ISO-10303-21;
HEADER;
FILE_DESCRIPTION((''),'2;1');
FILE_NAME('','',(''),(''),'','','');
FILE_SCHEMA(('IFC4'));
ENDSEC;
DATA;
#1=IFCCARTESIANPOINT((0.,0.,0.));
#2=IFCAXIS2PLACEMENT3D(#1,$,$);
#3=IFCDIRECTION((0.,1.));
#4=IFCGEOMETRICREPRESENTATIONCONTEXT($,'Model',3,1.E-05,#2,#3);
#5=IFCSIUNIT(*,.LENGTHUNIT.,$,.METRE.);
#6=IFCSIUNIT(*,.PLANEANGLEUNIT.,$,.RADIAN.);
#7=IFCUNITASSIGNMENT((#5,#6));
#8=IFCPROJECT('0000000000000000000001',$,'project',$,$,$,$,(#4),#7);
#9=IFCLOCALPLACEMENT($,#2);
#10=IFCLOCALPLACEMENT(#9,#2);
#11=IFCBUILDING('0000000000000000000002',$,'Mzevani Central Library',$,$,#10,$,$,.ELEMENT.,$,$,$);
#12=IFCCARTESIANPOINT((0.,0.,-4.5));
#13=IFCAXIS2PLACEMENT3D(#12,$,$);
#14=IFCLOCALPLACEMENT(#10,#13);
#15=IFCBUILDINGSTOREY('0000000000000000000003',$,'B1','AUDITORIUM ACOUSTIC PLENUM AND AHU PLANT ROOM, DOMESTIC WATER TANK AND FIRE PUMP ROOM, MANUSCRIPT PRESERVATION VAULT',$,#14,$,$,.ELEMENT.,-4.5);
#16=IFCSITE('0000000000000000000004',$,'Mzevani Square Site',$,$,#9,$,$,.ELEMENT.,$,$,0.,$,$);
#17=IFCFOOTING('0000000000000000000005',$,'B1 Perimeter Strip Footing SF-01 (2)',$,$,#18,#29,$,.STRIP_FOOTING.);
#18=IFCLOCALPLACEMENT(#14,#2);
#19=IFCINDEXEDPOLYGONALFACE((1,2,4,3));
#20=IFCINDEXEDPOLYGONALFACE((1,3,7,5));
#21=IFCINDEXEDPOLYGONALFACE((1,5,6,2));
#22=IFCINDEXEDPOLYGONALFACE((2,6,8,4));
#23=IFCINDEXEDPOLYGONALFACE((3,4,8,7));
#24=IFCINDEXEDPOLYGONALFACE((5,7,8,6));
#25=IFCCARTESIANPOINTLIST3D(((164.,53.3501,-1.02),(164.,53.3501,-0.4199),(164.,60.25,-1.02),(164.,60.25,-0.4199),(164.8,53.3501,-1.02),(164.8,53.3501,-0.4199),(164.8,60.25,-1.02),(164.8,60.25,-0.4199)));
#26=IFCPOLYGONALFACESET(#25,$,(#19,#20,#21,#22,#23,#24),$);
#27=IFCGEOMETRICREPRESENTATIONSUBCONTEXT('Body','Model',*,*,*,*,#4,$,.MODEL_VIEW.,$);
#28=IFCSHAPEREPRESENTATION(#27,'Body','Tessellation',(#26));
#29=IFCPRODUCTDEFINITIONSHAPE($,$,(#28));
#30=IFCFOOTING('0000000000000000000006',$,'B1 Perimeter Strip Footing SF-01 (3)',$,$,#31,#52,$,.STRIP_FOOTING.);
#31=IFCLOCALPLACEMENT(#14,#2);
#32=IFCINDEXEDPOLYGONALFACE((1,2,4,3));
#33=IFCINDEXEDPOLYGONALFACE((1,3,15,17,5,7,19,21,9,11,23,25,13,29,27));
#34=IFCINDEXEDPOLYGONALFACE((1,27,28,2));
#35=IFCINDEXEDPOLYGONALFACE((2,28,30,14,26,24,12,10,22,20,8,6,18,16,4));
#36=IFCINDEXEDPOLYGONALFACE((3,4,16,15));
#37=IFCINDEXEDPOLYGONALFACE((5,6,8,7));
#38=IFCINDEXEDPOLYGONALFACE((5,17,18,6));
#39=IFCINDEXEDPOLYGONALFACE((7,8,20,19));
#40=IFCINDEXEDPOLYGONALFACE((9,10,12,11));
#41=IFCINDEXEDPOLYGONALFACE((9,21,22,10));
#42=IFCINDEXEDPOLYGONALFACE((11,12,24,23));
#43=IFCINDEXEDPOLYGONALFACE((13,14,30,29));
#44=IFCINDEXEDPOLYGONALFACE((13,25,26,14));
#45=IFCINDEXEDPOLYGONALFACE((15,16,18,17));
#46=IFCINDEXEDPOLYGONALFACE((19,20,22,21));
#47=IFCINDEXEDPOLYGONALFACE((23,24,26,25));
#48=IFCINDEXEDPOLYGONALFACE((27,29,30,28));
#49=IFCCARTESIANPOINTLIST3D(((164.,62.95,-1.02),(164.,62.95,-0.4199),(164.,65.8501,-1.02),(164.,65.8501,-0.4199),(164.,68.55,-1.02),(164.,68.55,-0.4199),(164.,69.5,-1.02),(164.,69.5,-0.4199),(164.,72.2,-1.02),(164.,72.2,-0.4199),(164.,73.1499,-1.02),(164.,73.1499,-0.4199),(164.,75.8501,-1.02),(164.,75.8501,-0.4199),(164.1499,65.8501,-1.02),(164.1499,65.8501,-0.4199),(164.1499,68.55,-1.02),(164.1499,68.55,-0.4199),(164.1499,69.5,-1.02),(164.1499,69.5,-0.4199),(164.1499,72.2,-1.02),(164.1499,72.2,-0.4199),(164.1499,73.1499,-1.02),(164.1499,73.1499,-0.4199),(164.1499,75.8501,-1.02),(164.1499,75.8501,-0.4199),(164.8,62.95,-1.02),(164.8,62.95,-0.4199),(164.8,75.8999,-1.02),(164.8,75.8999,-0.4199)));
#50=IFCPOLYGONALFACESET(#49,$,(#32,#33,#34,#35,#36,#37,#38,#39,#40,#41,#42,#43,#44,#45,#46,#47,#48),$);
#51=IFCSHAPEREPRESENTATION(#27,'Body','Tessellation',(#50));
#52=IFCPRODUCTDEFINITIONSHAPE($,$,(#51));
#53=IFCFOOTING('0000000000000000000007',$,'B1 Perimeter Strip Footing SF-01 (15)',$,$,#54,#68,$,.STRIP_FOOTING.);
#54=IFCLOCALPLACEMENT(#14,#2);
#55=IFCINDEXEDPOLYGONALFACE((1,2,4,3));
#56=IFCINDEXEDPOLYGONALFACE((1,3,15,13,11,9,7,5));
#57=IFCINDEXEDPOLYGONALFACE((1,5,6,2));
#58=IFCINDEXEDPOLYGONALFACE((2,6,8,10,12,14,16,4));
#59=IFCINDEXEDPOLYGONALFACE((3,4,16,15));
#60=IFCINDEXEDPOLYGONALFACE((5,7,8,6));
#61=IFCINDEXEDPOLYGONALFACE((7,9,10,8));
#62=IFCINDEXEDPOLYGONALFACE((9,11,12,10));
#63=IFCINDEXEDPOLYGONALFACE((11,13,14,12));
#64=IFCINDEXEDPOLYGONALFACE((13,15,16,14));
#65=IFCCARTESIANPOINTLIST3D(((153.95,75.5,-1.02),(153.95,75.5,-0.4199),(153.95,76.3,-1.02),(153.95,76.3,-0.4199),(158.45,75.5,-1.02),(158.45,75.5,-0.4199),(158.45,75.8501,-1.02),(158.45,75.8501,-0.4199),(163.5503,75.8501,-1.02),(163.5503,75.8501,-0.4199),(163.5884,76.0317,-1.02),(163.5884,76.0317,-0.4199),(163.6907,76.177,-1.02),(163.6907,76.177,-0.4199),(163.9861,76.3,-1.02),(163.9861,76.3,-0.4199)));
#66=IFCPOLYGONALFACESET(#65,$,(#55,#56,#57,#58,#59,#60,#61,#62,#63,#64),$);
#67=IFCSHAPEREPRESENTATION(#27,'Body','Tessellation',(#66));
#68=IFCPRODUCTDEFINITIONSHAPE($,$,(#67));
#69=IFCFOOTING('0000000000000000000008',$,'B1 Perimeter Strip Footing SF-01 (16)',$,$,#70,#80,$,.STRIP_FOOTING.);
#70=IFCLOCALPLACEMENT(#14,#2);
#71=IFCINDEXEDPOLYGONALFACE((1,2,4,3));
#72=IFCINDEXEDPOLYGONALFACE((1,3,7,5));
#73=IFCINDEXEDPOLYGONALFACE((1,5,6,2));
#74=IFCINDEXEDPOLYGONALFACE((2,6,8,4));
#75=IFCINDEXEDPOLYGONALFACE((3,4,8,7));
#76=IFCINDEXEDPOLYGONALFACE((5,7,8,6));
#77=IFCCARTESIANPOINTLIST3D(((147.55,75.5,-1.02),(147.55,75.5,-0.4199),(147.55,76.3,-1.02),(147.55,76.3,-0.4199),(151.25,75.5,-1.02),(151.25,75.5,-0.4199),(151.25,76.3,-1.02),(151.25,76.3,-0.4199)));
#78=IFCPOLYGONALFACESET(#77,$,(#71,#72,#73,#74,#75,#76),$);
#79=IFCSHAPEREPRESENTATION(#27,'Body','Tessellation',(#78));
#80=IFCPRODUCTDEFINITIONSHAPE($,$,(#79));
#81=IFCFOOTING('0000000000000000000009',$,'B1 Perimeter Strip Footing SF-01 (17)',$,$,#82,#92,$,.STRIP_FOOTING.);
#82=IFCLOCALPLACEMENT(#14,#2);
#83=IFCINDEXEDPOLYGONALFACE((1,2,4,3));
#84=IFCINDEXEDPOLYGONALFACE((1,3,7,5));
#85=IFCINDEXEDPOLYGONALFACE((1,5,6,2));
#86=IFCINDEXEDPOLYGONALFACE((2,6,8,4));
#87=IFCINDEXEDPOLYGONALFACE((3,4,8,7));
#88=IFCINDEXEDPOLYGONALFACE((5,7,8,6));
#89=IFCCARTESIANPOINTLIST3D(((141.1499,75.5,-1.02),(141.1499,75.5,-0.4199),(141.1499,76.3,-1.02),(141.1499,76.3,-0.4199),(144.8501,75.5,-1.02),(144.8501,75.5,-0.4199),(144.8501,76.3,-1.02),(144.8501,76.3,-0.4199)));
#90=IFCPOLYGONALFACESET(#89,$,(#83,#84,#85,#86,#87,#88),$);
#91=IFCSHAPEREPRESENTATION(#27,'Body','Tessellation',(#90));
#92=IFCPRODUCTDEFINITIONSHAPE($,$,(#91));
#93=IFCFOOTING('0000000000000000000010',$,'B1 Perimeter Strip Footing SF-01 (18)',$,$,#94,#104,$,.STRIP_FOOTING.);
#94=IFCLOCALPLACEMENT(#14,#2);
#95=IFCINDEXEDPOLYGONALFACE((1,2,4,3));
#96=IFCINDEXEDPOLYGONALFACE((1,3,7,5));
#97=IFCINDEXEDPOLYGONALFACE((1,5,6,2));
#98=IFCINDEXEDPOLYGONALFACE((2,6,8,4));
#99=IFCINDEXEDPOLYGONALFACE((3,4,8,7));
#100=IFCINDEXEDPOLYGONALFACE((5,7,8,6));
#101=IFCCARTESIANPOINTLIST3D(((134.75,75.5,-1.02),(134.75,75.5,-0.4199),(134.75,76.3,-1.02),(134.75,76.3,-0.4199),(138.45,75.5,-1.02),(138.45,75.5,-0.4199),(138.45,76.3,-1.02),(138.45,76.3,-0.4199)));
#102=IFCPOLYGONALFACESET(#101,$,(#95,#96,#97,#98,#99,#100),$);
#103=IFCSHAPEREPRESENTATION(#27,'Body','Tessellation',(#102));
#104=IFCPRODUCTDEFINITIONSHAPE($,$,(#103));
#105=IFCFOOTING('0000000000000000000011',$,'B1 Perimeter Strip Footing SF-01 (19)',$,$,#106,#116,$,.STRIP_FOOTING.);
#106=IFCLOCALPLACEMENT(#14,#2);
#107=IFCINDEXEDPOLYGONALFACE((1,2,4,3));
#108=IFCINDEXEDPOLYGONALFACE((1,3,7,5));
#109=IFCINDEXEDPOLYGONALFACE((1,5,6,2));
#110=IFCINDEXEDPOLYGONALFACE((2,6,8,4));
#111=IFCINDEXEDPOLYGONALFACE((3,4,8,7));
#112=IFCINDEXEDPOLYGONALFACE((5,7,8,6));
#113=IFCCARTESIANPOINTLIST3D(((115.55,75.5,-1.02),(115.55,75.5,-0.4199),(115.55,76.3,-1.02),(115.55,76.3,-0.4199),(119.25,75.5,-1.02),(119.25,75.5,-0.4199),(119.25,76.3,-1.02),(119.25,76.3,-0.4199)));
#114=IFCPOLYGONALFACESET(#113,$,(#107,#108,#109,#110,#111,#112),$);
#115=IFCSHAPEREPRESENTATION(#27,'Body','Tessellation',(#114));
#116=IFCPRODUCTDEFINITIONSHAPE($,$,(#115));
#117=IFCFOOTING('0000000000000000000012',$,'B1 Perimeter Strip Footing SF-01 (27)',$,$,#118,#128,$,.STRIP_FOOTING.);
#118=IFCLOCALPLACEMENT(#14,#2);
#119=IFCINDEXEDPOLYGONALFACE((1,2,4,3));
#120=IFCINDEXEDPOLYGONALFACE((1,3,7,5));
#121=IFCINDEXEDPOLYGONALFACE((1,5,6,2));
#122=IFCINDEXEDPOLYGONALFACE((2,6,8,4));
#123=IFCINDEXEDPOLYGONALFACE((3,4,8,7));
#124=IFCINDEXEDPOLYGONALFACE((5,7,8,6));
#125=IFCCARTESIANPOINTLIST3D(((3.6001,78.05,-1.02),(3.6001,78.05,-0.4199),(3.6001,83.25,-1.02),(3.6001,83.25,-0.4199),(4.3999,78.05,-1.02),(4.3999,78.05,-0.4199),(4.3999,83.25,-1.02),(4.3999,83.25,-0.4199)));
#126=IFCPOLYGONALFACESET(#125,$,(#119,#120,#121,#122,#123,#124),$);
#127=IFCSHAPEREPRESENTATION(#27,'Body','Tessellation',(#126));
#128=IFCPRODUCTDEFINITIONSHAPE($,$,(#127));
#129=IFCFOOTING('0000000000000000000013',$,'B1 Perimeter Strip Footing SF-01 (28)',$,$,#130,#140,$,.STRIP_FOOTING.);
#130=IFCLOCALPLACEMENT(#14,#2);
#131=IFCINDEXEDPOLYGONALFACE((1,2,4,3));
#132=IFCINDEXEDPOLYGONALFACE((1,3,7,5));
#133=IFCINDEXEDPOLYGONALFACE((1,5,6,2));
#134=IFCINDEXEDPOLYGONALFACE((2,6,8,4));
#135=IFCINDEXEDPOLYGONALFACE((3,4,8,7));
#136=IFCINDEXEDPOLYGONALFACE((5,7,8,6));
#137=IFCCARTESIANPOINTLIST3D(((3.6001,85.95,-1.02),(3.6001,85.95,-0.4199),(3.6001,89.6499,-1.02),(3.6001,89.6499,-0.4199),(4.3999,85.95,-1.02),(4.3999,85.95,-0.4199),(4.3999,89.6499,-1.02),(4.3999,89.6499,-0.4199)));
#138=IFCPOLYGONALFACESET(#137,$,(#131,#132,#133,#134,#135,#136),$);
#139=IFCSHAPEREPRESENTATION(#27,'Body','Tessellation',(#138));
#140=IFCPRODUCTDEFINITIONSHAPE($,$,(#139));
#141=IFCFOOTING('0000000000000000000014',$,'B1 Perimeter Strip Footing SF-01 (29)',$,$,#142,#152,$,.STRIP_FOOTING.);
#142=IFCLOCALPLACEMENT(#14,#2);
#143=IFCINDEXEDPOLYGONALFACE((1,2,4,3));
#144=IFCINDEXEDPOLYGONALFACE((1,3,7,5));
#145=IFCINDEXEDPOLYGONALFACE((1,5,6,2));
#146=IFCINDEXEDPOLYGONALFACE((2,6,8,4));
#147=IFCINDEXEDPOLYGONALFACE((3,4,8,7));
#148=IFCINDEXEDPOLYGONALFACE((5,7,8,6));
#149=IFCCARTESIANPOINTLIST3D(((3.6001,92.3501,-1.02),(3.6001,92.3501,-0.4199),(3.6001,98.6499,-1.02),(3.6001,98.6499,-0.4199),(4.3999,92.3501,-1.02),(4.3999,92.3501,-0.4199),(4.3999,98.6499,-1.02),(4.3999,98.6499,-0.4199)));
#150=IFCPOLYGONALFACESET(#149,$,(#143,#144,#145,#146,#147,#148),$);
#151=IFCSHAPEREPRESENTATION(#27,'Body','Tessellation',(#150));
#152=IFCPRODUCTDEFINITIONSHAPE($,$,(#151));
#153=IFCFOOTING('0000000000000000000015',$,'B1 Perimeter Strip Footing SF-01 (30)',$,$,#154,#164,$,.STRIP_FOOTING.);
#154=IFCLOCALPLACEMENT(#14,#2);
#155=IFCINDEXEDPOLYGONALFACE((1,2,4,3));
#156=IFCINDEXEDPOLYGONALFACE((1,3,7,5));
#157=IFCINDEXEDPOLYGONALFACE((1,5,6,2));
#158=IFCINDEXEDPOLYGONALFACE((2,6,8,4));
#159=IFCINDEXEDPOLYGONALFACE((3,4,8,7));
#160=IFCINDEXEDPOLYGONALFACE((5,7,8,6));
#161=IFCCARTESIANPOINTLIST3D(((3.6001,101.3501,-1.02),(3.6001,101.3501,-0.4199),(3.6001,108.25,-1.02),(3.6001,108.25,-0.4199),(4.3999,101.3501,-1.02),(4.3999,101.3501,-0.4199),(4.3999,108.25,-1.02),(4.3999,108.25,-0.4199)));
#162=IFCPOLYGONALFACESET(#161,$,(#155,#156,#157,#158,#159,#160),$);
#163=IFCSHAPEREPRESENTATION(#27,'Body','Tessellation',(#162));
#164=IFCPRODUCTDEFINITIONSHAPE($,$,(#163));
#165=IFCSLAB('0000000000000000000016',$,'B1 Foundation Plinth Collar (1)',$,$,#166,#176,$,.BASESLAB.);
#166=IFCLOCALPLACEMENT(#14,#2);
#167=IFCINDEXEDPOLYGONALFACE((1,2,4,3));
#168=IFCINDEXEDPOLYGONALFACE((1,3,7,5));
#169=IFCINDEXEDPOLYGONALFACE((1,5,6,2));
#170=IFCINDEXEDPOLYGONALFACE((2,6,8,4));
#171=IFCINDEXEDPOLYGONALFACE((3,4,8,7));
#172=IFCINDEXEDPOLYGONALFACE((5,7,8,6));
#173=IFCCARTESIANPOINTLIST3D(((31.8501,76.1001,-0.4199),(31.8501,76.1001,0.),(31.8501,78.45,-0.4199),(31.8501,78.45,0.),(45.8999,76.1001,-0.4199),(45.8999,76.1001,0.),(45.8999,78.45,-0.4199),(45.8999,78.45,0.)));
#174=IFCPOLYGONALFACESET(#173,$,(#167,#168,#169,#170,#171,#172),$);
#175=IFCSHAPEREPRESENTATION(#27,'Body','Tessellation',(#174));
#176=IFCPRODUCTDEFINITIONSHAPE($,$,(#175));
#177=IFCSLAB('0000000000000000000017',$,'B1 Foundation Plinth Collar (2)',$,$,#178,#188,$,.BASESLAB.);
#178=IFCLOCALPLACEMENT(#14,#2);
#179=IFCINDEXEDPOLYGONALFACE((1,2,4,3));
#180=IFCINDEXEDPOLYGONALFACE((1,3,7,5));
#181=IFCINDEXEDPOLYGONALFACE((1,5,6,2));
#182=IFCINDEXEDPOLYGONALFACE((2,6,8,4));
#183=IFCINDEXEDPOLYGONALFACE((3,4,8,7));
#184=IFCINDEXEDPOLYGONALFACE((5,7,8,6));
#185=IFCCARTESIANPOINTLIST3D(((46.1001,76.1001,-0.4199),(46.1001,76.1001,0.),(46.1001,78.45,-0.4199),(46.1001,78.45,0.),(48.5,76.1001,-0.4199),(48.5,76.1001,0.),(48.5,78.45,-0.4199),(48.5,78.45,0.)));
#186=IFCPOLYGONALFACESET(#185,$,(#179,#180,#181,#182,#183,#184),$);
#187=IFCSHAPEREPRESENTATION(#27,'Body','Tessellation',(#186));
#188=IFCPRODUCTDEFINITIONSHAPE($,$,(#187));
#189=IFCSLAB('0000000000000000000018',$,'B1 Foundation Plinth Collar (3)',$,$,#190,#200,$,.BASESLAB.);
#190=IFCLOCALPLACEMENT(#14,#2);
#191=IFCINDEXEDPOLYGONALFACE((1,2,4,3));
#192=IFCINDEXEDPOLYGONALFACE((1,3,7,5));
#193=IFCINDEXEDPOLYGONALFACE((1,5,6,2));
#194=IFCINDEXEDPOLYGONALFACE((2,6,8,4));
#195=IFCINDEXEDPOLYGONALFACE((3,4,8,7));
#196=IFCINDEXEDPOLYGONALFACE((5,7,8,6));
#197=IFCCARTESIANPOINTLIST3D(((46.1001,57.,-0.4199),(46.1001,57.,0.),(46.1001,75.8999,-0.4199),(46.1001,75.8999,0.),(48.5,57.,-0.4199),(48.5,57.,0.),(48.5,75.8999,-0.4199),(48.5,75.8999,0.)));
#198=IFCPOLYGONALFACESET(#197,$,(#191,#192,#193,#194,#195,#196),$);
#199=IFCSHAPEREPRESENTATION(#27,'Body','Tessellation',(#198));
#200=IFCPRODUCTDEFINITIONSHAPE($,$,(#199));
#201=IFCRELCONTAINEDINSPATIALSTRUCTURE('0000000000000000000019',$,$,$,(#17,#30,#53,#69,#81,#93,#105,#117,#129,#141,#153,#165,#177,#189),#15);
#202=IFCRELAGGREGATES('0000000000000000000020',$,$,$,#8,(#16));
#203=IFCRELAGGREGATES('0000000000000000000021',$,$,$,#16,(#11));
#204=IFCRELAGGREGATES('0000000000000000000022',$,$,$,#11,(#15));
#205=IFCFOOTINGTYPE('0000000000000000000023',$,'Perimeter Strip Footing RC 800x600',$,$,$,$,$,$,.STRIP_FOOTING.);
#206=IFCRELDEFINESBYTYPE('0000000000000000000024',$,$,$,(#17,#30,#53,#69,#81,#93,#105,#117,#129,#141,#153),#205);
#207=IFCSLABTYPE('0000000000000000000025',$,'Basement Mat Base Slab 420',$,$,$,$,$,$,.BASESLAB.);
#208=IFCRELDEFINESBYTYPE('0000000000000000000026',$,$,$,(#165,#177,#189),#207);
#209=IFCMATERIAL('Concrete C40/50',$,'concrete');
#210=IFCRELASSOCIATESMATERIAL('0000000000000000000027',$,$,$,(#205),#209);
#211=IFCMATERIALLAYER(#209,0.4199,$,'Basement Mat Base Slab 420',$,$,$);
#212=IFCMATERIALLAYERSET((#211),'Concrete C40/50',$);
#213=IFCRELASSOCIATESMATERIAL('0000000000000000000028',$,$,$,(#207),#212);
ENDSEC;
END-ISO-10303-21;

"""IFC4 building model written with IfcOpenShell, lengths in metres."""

from ifc_helpers import new_model, si_unit, direction, frame, origin, place, context, subcontext, project, spatial, polyline, outline, extrude, material, layer, layer_set, type_object, element, save


model = new_model("IFC4")

# Units and contexts
model_context = context("Model", 3, precision=1e-05, world=origin(), true_north=direction((0.0, 1.0)))
body_context = subcontext(model_context, "Body", "Model", "MODEL_VIEW")
ifc_project = project(units=[si_unit("LENGTHUNIT", "METRE"), si_unit("PLANEANGLEUNIT", "RADIAN")], contexts=[model_context])

# Site, building, storey
site_placement = place(None, origin())
site = spatial("IfcSite", under=ifc_project, at=site_placement, Name="Mzevani Square Site", CompositionType="ELEMENT", RefElevation=0.0)
building_placement = place(site_placement, origin())
building = spatial("IfcBuilding", under=site, at=building_placement, Name="Mzevani Central Library", CompositionType="ELEMENT")
storey_placement = place(building_placement, frame((0.0, 0.0, -4.5)))
storey = spatial("IfcBuildingStorey", under=building, at=storey_placement, Name="B1", Description="AUDITORIUM ACOUSTIC PLENUM AND AHU PLANT ROOM, DOMESTIC WATER TANK AND FIRE PUMP ROOM, MANUSCRIPT PRESERVATION VAULT", CompositionType="ELEMENT", Elevation=-4.5)

# Footings
ifc_material = material(Name="Concrete C40/50", Category="concrete")
footing_type = type_object("IfcFootingType", Name="Perimeter Strip Footing RC 800x600", PredefinedType="STRIP_FOOTING", material=ifc_material)
footing_1_placement = place(storey_placement, frame((0.0, 0.0, -1.02)))
element("IfcFooting", 1, at=footing_1_placement, inside=storey, type_object=footing_type, Name="B1 Perimeter Strip Footing SF-01 (2)", PredefinedType="STRIP_FOOTING", context=body_context, shape_type="SweptSolid", body=[
    extrude(outline(polyline([(164.0, 60.25), (164.8, 60.25), (164.8, 53.3501), (164.0, 53.3501), (164.0, 60.25)])), origin(), (0.0, 0.0, 1.0), 0.6001),
])
footing_2_placement = place(storey_placement, frame((0.0, 0.0, -1.02)))
element("IfcFooting", 2, at=footing_2_placement, inside=storey, type_object=footing_type, Name="B1 Perimeter Strip Footing SF-01 (3)", PredefinedType="STRIP_FOOTING", context=body_context, shape_type="SweptSolid", body=[
    extrude(outline(polyline([(164.0, 65.8501), (164.1499, 65.8501), (164.1499, 68.55), (164.0, 68.55), (164.0, 69.5), (164.1499, 69.5), (164.1499, 72.2), (164.0, 72.2), (164.0, 73.1499), (164.1499, 73.1499), (164.1499, 75.8501), (164.0, 75.8501), (164.8, 75.8999), (164.8, 62.95), (164.0, 62.95), (164.0, 65.8501)])), origin(), (0.0, 0.0, 1.0), 0.6001),
])
footing_3_placement = place(storey_placement, frame((0.0, 0.0, -1.02)))
element("IfcFooting", 3, at=footing_3_placement, inside=storey, type_object=footing_type, Name="B1 Perimeter Strip Footing SF-01 (15)", PredefinedType="STRIP_FOOTING", context=body_context, shape_type="SweptSolid", body=[
    extrude(outline(polyline([(158.45, 75.8501), (158.45, 75.5), (153.95, 75.5), (153.95, 76.3), (163.9861, 76.3), (163.6907, 76.177), (163.5884, 76.0317), (163.5503, 75.8501), (158.45, 75.8501)])), origin(), (0.0, 0.0, 1.0), 0.6001),
])
footing_4_placement = place(storey_placement, frame((0.0, 0.0, -1.02)))
element("IfcFooting", 4, at=footing_4_placement, inside=storey, type_object=footing_type, Name="B1 Perimeter Strip Footing SF-01 (16)", PredefinedType="STRIP_FOOTING", context=body_context, shape_type="SweptSolid", body=[
    extrude(outline(polyline([(147.55, 76.3), (151.25, 76.3), (151.25, 75.5), (147.55, 75.5), (147.55, 76.3)])), origin(), (0.0, 0.0, 1.0), 0.6001),
])
footing_5_placement = place(storey_placement, frame((0.0, 0.0, -1.02)))
element("IfcFooting", 5, at=footing_5_placement, inside=storey, type_object=footing_type, Name="B1 Perimeter Strip Footing SF-01 (17)", PredefinedType="STRIP_FOOTING", context=body_context, shape_type="SweptSolid", body=[
    extrude(outline(polyline([(141.1499, 76.3), (144.8501, 76.3), (144.8501, 75.5), (141.1499, 75.5), (141.1499, 76.3)])), origin(), (0.0, 0.0, 1.0), 0.6001),
])
footing_6_placement = place(storey_placement, frame((0.0, 0.0, -1.02)))
element("IfcFooting", 6, at=footing_6_placement, inside=storey, type_object=footing_type, Name="B1 Perimeter Strip Footing SF-01 (18)", PredefinedType="STRIP_FOOTING", context=body_context, shape_type="SweptSolid", body=[
    extrude(outline(polyline([(134.75, 76.3), (138.45, 76.3), (138.45, 75.5), (134.75, 75.5), (134.75, 76.3)])), origin(), (0.0, 0.0, 1.0), 0.6001),
])
footing_7_placement = place(storey_placement, frame((0.0, 0.0, -1.02)))
element("IfcFooting", 7, at=footing_7_placement, inside=storey, type_object=footing_type, Name="B1 Perimeter Strip Footing SF-01 (19)", PredefinedType="STRIP_FOOTING", context=body_context, shape_type="SweptSolid", body=[
    extrude(outline(polyline([(115.55, 76.3), (119.25, 76.3), (119.25, 75.5), (115.55, 75.5), (115.55, 76.3)])), origin(), (0.0, 0.0, 1.0), 0.6001),
])
footing_8_placement = place(storey_placement, frame((0.0, 0.0, -1.02)))
element("IfcFooting", 8, at=footing_8_placement, inside=storey, type_object=footing_type, Name="B1 Perimeter Strip Footing SF-01 (27)", PredefinedType="STRIP_FOOTING", context=body_context, shape_type="SweptSolid", body=[
    extrude(outline(polyline([(4.3999, 83.25), (4.3999, 78.05), (3.6001, 78.05), (3.6001, 83.25), (4.3999, 83.25)])), origin(), (0.0, 0.0, 1.0), 0.6001),
])
footing_9_placement = place(storey_placement, frame((0.0, 0.0, -1.02)))
element("IfcFooting", 9, at=footing_9_placement, inside=storey, type_object=footing_type, Name="B1 Perimeter Strip Footing SF-01 (28)", PredefinedType="STRIP_FOOTING", context=body_context, shape_type="SweptSolid", body=[
    extrude(outline(polyline([(4.3999, 89.6499), (4.3999, 85.95), (3.6001, 85.95), (3.6001, 89.6499), (4.3999, 89.6499)])), origin(), (0.0, 0.0, 1.0), 0.6001),
])
footing_10_placement = place(storey_placement, frame((0.0, 0.0, -1.02)))
element("IfcFooting", 10, at=footing_10_placement, inside=storey, type_object=footing_type, Name="B1 Perimeter Strip Footing SF-01 (29)", PredefinedType="STRIP_FOOTING", context=body_context, shape_type="SweptSolid", body=[
    extrude(outline(polyline([(4.3999, 98.6499), (4.3999, 92.3501), (3.6001, 92.3501), (3.6001, 98.6499), (4.3999, 98.6499)])), origin(), (0.0, 0.0, 1.0), 0.6001),
])
footing_11_placement = place(storey_placement, frame((0.0, 0.0, -1.02)))
element("IfcFooting", 11, at=footing_11_placement, inside=storey, type_object=footing_type, Name="B1 Perimeter Strip Footing SF-01 (30)", PredefinedType="STRIP_FOOTING", context=body_context, shape_type="SweptSolid", body=[
    extrude(outline(polyline([(4.3999, 108.25), (4.3999, 101.3501), (3.6001, 101.3501), (3.6001, 108.25), (4.3999, 108.25)])), origin(), (0.0, 0.0, 1.0), 0.6001),
])

# Slabs
ifc_layer = layer(ifc_material, 0.4199, Name="Basement Mat Base Slab 420")
ifc_layer_set = layer_set([ifc_layer], Name="Concrete C40/50")
slab_type = type_object("IfcSlabType", Name="Basement Mat Base Slab 420", PredefinedType="BASESLAB", material=ifc_layer_set)
slab_1_placement = place(storey_placement, frame((0.0, 0.0, -0.4199)))
element("IfcSlab", 12, at=slab_1_placement, inside=storey, type_object=slab_type, Name="B1 Foundation Plinth Collar (1)", PredefinedType="BASESLAB", context=body_context, shape_type="SweptSolid", body=[
    extrude(outline(polyline([(45.8999, 78.45), (45.8999, 76.1001), (31.8501, 76.1001), (31.8501, 78.45), (45.8999, 78.45)])), origin(), (0.0, 0.0, 1.0), 0.4199),
])
slab_2_placement = place(storey_placement, frame((0.0, 0.0, -0.4199)))
element("IfcSlab", 13, at=slab_2_placement, inside=storey, type_object=slab_type, Name="B1 Foundation Plinth Collar (2)", PredefinedType="BASESLAB", context=body_context, shape_type="SweptSolid", body=[
    extrude(outline(polyline([(48.5, 78.45), (48.5, 76.1001), (46.1001, 76.1001), (46.1001, 78.45), (48.5, 78.45)])), origin(), (0.0, 0.0, 1.0), 0.4199),
])
slab_3_placement = place(storey_placement, frame((0.0, 0.0, -0.4199)))
element("IfcSlab", 14, at=slab_3_placement, inside=storey, type_object=slab_type, Name="B1 Foundation Plinth Collar (3)", PredefinedType="BASESLAB", context=body_context, shape_type="SweptSolid", body=[
    extrude(outline(polyline([(48.5, 57.0), (46.1001, 57.0), (46.1001, 75.8999), (48.5, 75.8999), (48.5, 57.0)])), origin(), (0.0, 0.0, 1.0), 0.4199),
])

save(model, "model.ifc")
